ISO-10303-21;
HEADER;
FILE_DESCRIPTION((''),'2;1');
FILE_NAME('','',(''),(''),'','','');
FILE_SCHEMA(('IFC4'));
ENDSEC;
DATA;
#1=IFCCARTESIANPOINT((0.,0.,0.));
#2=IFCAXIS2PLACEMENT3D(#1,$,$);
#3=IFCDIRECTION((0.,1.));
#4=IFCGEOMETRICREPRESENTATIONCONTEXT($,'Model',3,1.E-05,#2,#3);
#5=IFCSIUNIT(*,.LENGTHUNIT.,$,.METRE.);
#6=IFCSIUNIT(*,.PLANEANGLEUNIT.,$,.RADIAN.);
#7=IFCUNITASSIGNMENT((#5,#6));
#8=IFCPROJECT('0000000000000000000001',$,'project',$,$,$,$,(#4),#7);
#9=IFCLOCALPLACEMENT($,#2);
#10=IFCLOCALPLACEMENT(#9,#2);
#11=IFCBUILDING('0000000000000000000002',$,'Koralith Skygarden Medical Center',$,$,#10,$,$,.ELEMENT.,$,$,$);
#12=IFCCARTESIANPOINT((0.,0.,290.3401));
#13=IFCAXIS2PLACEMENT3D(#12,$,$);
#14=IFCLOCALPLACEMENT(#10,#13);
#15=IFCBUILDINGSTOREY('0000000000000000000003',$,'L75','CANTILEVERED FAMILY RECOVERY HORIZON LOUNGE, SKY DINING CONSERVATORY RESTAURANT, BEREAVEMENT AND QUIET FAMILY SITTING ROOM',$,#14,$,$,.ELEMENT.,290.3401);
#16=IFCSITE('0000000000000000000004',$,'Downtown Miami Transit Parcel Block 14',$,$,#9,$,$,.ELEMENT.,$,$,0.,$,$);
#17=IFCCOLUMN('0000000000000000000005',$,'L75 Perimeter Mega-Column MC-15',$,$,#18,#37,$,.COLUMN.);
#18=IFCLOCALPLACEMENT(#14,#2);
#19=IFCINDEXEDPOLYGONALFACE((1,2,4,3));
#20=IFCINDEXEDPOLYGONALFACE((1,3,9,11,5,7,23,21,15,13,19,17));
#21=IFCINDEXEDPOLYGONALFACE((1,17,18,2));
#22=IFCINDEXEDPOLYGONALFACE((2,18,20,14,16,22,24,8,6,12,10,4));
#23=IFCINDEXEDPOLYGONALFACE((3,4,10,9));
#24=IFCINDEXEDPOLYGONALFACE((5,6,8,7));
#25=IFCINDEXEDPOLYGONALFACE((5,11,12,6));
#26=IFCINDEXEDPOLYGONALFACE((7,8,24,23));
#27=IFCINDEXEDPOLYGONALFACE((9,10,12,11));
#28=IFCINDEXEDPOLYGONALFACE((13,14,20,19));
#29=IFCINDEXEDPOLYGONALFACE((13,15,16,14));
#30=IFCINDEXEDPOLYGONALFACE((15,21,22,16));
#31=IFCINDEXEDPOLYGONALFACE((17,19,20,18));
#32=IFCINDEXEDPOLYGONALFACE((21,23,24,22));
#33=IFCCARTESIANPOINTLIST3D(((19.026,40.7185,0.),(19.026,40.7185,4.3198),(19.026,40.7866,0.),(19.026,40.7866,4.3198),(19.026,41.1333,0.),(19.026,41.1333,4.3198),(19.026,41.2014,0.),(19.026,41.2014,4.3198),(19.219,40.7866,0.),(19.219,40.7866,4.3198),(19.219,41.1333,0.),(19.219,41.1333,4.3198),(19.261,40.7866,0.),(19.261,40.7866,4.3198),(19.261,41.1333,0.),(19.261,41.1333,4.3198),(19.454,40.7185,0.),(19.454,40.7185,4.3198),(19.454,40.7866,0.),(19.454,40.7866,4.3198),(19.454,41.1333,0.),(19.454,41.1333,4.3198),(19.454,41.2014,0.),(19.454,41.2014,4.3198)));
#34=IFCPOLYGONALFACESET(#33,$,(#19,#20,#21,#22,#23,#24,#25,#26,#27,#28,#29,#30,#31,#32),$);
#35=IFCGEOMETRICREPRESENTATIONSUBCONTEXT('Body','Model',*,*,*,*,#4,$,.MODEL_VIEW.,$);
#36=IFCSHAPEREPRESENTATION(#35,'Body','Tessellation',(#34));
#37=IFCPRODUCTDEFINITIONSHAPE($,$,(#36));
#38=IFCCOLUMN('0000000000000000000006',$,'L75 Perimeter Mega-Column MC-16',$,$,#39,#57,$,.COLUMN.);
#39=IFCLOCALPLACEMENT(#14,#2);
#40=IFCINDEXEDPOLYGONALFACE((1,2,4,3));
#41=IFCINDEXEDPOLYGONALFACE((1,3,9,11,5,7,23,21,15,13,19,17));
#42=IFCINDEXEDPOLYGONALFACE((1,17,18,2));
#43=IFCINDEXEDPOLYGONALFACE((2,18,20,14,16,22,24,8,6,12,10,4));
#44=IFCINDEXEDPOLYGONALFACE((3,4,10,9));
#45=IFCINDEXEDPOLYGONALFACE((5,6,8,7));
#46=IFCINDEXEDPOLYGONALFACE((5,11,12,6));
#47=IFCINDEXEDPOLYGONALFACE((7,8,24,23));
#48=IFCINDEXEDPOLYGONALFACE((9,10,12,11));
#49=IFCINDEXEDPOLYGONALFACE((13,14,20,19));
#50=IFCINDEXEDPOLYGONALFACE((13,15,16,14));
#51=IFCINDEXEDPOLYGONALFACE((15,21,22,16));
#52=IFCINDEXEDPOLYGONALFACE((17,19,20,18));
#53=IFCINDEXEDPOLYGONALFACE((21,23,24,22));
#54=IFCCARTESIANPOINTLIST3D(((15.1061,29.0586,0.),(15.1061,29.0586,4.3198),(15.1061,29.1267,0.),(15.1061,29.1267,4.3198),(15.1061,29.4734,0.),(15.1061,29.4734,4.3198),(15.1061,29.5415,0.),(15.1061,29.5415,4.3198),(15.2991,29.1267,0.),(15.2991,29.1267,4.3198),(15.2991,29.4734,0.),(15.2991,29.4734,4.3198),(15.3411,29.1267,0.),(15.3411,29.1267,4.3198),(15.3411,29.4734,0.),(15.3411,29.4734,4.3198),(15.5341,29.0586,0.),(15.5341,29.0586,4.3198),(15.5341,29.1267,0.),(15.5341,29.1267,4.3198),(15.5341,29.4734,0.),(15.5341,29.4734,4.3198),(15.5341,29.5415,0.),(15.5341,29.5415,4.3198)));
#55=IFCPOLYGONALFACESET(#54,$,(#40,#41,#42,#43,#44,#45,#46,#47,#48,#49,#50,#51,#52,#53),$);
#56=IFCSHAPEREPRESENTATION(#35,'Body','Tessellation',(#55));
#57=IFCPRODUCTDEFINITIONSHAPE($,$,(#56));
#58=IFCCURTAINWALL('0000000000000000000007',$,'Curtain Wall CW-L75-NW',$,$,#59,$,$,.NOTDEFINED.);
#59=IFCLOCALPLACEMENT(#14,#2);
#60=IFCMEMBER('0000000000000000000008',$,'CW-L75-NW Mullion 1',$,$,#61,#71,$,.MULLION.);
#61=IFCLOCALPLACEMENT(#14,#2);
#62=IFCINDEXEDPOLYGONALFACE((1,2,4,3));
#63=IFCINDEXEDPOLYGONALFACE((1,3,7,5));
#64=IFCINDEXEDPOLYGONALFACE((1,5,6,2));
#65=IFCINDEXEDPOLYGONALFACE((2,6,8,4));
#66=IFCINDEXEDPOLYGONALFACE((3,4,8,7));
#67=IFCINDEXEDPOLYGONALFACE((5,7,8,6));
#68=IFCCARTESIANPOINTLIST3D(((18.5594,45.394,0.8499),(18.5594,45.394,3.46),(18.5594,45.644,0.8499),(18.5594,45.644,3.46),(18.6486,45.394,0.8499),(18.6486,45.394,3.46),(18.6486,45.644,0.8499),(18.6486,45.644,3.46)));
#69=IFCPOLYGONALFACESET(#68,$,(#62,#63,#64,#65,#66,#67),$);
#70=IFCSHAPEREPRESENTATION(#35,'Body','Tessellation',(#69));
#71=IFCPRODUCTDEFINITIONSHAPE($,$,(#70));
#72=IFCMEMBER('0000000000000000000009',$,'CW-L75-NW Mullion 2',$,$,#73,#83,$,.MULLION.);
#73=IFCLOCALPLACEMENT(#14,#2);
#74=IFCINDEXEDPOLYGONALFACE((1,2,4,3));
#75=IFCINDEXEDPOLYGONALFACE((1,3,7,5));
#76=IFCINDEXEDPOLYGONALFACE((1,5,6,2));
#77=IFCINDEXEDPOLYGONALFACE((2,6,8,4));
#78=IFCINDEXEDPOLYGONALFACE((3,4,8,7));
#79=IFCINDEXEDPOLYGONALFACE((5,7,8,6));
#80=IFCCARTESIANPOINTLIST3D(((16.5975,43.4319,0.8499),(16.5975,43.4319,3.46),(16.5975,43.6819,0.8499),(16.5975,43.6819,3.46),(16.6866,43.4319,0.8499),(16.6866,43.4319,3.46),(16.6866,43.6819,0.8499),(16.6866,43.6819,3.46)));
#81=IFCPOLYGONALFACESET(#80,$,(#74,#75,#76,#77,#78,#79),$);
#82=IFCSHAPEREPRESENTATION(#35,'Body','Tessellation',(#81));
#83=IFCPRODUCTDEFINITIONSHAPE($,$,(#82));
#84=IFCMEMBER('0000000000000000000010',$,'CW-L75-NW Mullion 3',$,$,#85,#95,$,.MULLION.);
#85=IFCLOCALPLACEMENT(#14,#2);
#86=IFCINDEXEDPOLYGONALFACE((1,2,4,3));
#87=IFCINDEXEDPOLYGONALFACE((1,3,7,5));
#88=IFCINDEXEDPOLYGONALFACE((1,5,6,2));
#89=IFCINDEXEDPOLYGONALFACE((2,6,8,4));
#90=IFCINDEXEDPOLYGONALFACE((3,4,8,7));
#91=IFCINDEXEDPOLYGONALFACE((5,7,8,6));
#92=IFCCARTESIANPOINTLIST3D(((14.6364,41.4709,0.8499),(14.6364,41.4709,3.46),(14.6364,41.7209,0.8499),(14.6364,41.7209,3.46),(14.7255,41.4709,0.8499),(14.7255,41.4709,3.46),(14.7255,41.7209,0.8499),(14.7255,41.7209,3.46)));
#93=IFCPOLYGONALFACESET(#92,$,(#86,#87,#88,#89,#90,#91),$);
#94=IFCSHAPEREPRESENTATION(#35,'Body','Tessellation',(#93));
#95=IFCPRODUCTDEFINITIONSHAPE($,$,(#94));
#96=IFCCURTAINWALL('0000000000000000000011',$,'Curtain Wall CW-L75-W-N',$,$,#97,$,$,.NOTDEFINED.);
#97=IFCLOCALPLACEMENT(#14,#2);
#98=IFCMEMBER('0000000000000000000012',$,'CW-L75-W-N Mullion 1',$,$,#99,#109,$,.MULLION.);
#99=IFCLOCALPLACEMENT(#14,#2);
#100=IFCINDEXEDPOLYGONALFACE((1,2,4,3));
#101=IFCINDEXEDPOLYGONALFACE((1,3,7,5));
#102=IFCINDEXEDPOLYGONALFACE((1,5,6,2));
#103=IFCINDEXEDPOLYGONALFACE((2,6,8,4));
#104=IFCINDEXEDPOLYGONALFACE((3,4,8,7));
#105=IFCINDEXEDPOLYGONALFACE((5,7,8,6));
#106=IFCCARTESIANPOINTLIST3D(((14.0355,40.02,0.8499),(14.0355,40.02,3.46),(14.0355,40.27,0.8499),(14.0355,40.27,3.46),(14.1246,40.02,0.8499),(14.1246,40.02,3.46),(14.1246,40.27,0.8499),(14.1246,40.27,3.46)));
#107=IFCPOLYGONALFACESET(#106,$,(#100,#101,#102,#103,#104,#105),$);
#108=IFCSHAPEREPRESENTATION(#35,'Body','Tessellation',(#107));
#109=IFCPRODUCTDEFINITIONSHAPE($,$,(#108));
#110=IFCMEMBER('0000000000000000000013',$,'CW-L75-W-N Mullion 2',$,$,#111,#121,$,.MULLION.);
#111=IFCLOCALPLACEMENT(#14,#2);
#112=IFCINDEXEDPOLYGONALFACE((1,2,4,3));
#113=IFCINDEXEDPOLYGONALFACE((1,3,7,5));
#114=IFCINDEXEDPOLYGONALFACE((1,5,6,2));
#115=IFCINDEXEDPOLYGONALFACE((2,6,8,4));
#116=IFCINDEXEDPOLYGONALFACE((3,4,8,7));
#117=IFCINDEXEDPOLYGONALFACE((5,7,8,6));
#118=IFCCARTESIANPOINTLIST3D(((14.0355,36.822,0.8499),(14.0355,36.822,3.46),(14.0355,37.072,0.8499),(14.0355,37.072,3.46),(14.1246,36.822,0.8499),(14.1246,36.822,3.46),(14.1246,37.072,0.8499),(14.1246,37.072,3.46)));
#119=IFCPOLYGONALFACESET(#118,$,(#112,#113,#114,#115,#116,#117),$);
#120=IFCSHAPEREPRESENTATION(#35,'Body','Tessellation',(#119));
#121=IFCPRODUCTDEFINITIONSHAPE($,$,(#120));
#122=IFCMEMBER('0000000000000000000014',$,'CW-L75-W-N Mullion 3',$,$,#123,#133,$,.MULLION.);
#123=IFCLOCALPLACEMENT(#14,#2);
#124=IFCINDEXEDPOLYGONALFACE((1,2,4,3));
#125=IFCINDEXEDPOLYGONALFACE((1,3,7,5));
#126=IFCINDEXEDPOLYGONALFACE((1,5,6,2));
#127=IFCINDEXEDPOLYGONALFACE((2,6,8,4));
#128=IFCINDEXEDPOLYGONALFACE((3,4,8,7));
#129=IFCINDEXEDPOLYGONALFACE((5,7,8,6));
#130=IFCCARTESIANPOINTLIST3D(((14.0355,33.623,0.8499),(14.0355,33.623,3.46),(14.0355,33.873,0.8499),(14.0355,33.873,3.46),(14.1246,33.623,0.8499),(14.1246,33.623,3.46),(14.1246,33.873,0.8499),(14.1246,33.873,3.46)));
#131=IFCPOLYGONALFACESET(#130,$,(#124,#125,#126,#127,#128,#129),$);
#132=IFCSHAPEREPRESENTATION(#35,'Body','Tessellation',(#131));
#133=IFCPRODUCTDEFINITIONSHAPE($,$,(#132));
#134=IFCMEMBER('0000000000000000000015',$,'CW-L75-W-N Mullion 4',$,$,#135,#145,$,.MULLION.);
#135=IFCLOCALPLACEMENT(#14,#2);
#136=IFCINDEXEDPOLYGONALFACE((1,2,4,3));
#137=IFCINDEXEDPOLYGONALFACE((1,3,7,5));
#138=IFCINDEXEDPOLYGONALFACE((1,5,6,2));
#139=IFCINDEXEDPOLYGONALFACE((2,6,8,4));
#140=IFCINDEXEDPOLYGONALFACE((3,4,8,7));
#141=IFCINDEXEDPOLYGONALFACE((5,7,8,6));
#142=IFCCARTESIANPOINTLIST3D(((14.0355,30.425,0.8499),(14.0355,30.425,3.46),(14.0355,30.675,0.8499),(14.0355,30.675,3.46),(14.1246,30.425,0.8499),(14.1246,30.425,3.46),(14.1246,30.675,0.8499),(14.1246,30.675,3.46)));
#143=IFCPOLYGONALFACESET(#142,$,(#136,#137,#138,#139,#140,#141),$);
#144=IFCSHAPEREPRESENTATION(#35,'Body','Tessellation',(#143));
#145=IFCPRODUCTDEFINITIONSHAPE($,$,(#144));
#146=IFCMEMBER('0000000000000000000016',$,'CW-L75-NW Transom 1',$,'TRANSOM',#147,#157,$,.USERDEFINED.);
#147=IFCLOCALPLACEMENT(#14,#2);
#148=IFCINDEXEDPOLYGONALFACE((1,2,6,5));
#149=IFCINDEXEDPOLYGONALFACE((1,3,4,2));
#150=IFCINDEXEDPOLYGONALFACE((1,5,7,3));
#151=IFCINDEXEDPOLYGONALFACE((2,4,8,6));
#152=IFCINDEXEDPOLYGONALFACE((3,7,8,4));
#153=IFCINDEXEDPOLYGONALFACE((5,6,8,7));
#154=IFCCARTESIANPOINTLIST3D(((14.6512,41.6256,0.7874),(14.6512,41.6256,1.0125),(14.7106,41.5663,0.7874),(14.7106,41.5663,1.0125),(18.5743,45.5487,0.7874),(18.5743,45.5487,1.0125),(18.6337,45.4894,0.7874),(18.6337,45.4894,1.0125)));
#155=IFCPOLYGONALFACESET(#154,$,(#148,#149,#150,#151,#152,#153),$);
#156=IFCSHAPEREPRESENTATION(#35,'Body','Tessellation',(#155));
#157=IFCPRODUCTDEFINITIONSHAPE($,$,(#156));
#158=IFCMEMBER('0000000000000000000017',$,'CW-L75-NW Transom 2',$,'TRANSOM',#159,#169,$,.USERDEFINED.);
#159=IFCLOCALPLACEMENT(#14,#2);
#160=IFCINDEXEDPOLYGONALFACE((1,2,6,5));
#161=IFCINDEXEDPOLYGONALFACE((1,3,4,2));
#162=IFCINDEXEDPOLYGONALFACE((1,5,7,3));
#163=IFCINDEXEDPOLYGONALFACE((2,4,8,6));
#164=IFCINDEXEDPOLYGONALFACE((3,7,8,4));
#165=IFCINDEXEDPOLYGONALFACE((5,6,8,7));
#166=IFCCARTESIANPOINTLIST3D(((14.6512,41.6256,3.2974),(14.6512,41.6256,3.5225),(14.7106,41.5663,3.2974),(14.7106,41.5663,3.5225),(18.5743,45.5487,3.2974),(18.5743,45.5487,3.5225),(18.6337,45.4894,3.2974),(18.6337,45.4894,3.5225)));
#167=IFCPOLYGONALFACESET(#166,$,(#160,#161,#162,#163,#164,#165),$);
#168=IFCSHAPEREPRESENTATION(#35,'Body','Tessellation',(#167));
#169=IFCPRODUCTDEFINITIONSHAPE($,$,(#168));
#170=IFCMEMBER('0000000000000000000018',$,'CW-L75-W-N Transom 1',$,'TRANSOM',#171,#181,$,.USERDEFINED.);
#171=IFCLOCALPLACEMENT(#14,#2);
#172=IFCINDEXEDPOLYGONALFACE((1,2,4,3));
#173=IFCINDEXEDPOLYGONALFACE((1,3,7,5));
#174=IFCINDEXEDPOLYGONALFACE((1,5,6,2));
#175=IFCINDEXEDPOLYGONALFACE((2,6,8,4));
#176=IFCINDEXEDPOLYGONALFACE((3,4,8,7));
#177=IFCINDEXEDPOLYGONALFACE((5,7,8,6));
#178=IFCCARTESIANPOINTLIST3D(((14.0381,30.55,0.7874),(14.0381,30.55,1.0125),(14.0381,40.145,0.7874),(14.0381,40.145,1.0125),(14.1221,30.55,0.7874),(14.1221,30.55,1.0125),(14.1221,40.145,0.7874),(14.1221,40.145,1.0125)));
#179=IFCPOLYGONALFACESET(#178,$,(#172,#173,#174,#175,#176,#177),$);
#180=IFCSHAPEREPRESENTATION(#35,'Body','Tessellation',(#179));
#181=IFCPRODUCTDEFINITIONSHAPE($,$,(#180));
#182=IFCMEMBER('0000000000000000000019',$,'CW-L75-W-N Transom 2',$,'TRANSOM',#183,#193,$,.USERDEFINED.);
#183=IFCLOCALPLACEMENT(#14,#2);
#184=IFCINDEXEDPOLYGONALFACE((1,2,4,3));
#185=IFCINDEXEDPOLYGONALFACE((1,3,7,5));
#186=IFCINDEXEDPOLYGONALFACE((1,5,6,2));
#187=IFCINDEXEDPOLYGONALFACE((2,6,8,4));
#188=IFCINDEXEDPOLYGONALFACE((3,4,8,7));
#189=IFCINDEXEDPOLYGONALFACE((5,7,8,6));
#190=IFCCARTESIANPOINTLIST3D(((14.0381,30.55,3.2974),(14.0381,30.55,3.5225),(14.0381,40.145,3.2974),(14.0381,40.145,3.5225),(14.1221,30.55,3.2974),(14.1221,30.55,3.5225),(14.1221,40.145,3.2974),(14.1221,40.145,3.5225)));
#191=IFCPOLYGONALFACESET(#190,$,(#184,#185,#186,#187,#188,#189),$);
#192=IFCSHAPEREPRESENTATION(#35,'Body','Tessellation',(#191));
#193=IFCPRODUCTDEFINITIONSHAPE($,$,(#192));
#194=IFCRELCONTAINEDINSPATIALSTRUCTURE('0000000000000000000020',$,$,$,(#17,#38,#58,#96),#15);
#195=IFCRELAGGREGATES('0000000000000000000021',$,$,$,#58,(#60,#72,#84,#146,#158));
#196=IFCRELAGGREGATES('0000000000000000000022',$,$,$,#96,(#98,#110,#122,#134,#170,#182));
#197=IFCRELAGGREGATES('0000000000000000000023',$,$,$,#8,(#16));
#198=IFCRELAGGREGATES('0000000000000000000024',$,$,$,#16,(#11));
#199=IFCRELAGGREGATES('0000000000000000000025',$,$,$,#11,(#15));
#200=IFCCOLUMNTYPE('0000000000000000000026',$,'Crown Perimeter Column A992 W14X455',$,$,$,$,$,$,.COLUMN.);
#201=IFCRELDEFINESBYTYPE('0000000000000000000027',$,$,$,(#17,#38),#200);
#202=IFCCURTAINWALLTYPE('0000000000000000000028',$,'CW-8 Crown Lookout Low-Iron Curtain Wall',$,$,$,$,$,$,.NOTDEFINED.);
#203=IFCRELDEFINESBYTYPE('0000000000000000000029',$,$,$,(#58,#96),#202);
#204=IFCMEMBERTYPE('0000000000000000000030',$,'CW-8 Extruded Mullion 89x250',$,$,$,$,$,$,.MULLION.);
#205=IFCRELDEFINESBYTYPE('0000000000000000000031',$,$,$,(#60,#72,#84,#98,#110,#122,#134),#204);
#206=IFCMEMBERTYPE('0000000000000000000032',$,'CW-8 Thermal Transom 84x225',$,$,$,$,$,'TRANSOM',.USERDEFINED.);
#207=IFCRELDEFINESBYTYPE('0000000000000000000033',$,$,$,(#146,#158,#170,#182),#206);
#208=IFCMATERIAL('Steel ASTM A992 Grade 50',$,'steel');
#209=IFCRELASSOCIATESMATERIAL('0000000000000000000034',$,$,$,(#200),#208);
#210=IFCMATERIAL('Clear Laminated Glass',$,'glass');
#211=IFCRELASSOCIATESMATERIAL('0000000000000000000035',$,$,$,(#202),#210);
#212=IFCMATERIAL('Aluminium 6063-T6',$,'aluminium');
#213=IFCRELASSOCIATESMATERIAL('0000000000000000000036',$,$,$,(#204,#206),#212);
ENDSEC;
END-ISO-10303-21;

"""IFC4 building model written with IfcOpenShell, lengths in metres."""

from ifc_helpers import new_model, si_unit, direction, frame, origin, origin_2d, place, context, subcontext, project, spatial, rectangle, i_section, extrude, material, material_profile, profile_set, type_object, element, aggregate, save


model = new_model("IFC4")

# Units and contexts
model_context = context("Model", 3, precision=1e-05, world=origin(), true_north=direction((0.0, 1.0)))
body_context = subcontext(model_context, "Body", "Model", "MODEL_VIEW")
ifc_project = project(units=[si_unit("LENGTHUNIT", "METRE"), si_unit("PLANEANGLEUNIT", "RADIAN")], contexts=[model_context])

# Site, building, storey
site_placement = place(None, origin())
site = spatial("IfcSite", under=ifc_project, at=site_placement, Name="Downtown Miami Transit Parcel Block 14", CompositionType="ELEMENT", RefElevation=0.0)
building_placement = place(site_placement, origin())
building = spatial("IfcBuilding", under=site, at=building_placement, Name="Koralith Skygarden Medical Center", CompositionType="ELEMENT")
storey_placement = place(building_placement, frame((0.0, 0.0, 290.3401)))
storey = spatial("IfcBuildingStorey", under=building, at=storey_placement, Name="L75", Description="CANTILEVERED FAMILY RECOVERY HORIZON LOUNGE, SKY DINING CONSERVATORY RESTAURANT, BEREAVEMENT AND QUIET FAMILY SITTING ROOM", CompositionType="ELEMENT", Elevation=290.3401)

# Columns
ifc_material_1 = material(Name="Steel ASTM A992 Grade 50", Category="steel")
ifc_material_profile_1 = material_profile(ifc_material_1, i_section(OverallWidth=0.428, OverallDepth=0.4829, WebThickness=0.042, FlangeThickness=0.0681, at=origin_2d()), Name="W14X455")
ifc_profile_set_1 = profile_set([ifc_material_profile_1], Name="Steel ASTM A992 Grade 50")
column_type = type_object("IfcColumnType", Name="Crown Perimeter Column A992 W14X455", PredefinedType="COLUMN", material=ifc_profile_set_1)
for number, where, z_axis, x_axis, name in (
    (1, (19.24, 40.96, 0.0), (0.0, 0.0, 1.0), (1.0, 0.0, 0.0), "L75 Perimeter Mega-Column MC-15"),
    (2, (15.3201, 29.3, 0.0), (0.0, 0.0, 1.0), (1.0, 0.0, 0.0), "L75 Perimeter Mega-Column MC-16"),
):
    element("IfcColumn", number, at=place(storey_placement, frame(where, z_axis=z_axis, x_axis=x_axis)), inside=storey, type_object=column_type, Name=name, PredefinedType="COLUMN", context=body_context, shape_type="SweptSolid", body=[
        extrude(i_section(OverallWidth=0.428, OverallDepth=0.4829, WebThickness=0.042, FlangeThickness=0.0681, at=origin_2d()), origin(), (0.0, 0.0, 1.0), 4.3198),
    ])

# Curtain walls, members
ifc_material_2 = material(Name="Clear Laminated Glass", Category="glass")
curtain_wall_type = type_object("IfcCurtainWallType", Name="CW-8 Crown Lookout Low-Iron Curtain Wall", PredefinedType="NOTDEFINED", material=ifc_material_2)
curtain_wall_1_placement = place(storey_placement, origin())
curtain_wall_1 = element("IfcCurtainWall", 3, at=curtain_wall_1_placement, inside=storey, type_object=curtain_wall_type, Name="Curtain Wall CW-L75-NW", PredefinedType="NOTDEFINED")
ifc_material_3 = material(Name="Aluminium 6063-T6", Category="aluminium")
ifc_material_profile_2 = material_profile(ifc_material_3, rectangle(XDim=0.0891, YDim=0.25, at=origin_2d()), Name="MUL89X250")
ifc_profile_set_2 = profile_set([ifc_material_profile_2], Name="Aluminium 6063-T6")
member_type_1 = type_object("IfcMemberType", Name="CW-8 Extruded Mullion 89x250", PredefinedType="MULLION", material=ifc_profile_set_2)
member_1_placement = place(storey_placement, frame((18.604, 45.519, 0.8499), z_axis=(0.0, 0.0, 1.0), x_axis=(1.0, 0.0, 0.0)))
member_1 = element("IfcMember", 4, at=member_1_placement, type_object=member_type_1, Name="CW-L75-NW Mullion 1", PredefinedType="MULLION", context=body_context, shape_type="SweptSolid", body=[
    extrude(rectangle(XDim=0.0891, YDim=0.25, at=origin_2d()), origin(), (0.0, 0.0, 1.0), 2.6101),
])
member_2_placement = place(storey_placement, frame((16.6421, 43.5569, 0.8499), z_axis=(0.0, 0.0, 1.0), x_axis=(1.0, 0.0, 0.0)))
member_2 = element("IfcMember", 5, at=member_2_placement, type_object=member_type_1, Name="CW-L75-NW Mullion 2", PredefinedType="MULLION", context=body_context, shape_type="SweptSolid", body=[
    extrude(rectangle(XDim=0.0891, YDim=0.25, at=origin_2d()), origin(), (0.0, 0.0, 1.0), 2.6101),
])
member_3_placement = place(storey_placement, frame((14.6809, 41.5959, 0.8499), z_axis=(0.0, 0.0, 1.0), x_axis=(1.0, 0.0, 0.0)))
member_3 = element("IfcMember", 6, at=member_3_placement, type_object=member_type_1, Name="CW-L75-NW Mullion 3", PredefinedType="MULLION", context=body_context, shape_type="SweptSolid", body=[
    extrude(rectangle(XDim=0.0891, YDim=0.25, at=origin_2d()), origin(), (0.0, 0.0, 1.0), 2.6101),
])
curtain_wall_2_placement = place(storey_placement, origin())
curtain_wall_2 = element("IfcCurtainWall", 7, at=curtain_wall_2_placement, inside=storey, type_object=curtain_wall_type, Name="Curtain Wall CW-L75-W-N", PredefinedType="NOTDEFINED")
member_4_placement = place(storey_placement, frame((14.0801, 40.145, 0.8499), z_axis=(0.0, 0.0, 1.0), x_axis=(1.0, 0.0, 0.0)))
member_4 = element("IfcMember", 8, at=member_4_placement, type_object=member_type_1, Name="CW-L75-W-N Mullion 1", PredefinedType="MULLION", context=body_context, shape_type="SweptSolid", body=[
    extrude(rectangle(XDim=0.0891, YDim=0.25, at=origin_2d()), origin(), (0.0, 0.0, 1.0), 2.6101),
])
member_5_placement = place(storey_placement, frame((14.0801, 36.947, 0.8499), z_axis=(0.0, 0.0, 1.0), x_axis=(1.0, 0.0, 0.0)))
member_5 = element("IfcMember", 9, at=member_5_placement, type_object=member_type_1, Name="CW-L75-W-N Mullion 2", PredefinedType="MULLION", context=body_context, shape_type="SweptSolid", body=[
    extrude(rectangle(XDim=0.0891, YDim=0.25, at=origin_2d()), origin(), (0.0, 0.0, 1.0), 2.6101),
])
member_6_placement = place(storey_placement, frame((14.0801, 33.748, 0.8499), z_axis=(0.0, 0.0, 1.0), x_axis=(1.0, 0.0, 0.0)))
member_6 = element("IfcMember", 10, at=member_6_placement, type_object=member_type_1, Name="CW-L75-W-N Mullion 3", PredefinedType="MULLION", context=body_context, shape_type="SweptSolid", body=[
    extrude(rectangle(XDim=0.0891, YDim=0.25, at=origin_2d()), origin(), (0.0, 0.0, 1.0), 2.6101),
])
member_7_placement = place(storey_placement, frame((14.0801, 30.55, 0.8499), z_axis=(0.0, 0.0, 1.0), x_axis=(1.0, 0.0, 0.0)))
member_7 = element("IfcMember", 11, at=member_7_placement, type_object=member_type_1, Name="CW-L75-W-N Mullion 4", PredefinedType="MULLION", context=body_context, shape_type="SweptSolid", body=[
    extrude(rectangle(XDim=0.0891, YDim=0.25, at=origin_2d()), origin(), (0.0, 0.0, 1.0), 2.6101),
])

# Members
ifc_material_profile_3 = material_profile(ifc_material_3, rectangle(XDim=0.084, YDim=0.2251, at=origin_2d()), Name="TRN84X225")
ifc_profile_set_3 = profile_set([ifc_material_profile_3], Name="Aluminium 6063-T6")
member_type_2 = type_object("IfcMemberType", Name="CW-8 Thermal Transom 84x225", ElementType="TRANSOM", PredefinedType="USERDEFINED", material=ifc_profile_set_3)
member_8_placement = place(storey_placement, frame((18.604, 45.519, 0.8999), z_axis=(-0.707107, -0.707107, 0.0), x_axis=(0.707107, -0.707107, 0.0)))
member_8 = element("IfcMember", 12, at=member_8_placement, type_object=member_type_2, Name="CW-L75-NW Transom 1", ObjectType="TRANSOM", PredefinedType="USERDEFINED", context=body_context, shape_type="SweptSolid", body=[
    extrude(rectangle(XDim=0.084, YDim=0.2251, at=origin_2d()), origin(), (0.0, 0.0, 1.0), 5.5481),
])
member_9_placement = place(storey_placement, frame((18.604, 45.519, 3.4099), z_axis=(-0.707107, -0.707107, 0.0), x_axis=(0.707107, -0.707107, 0.0)))
member_9 = element("IfcMember", 13, at=member_9_placement, type_object=member_type_2, Name="CW-L75-NW Transom 2", ObjectType="TRANSOM", PredefinedType="USERDEFINED", context=body_context, shape_type="SweptSolid", body=[
    extrude(rectangle(XDim=0.084, YDim=0.2251, at=origin_2d()), origin(), (0.0, 0.0, 1.0), 5.5481),
])
member_10_placement = place(storey_placement, frame((14.0801, 40.145, 0.8999), z_axis=(0.0, -1.0, 0.0), x_axis=(1.0, 0.0, 0.0)))
member_10 = element("IfcMember", 14, at=member_10_placement, type_object=member_type_2, Name="CW-L75-W-N Transom 1", ObjectType="TRANSOM", PredefinedType="USERDEFINED", context=body_context, shape_type="SweptSolid", body=[
    extrude(rectangle(XDim=0.084, YDim=0.2251, at=origin_2d()), origin(), (0.0, 0.0, 1.0), 9.595),
])
member_11_placement = place(storey_placement, frame((14.0801, 40.145, 3.4099), z_axis=(0.0, -1.0, 0.0), x_axis=(1.0, 0.0, 0.0)))
member_11 = element("IfcMember", 15, at=member_11_placement, type_object=member_type_2, Name="CW-L75-W-N Transom 2", ObjectType="TRANSOM", PredefinedType="USERDEFINED", context=body_context, shape_type="SweptSolid", body=[
    extrude(rectangle(XDim=0.084, YDim=0.2251, at=origin_2d()), origin(), (0.0, 0.0, 1.0), 9.595),
])

aggregate(curtain_wall_1, [member_1, member_2, member_3, member_8, member_9])
aggregate(curtain_wall_2, [member_4, member_5, member_6, member_7, member_10, member_11])

save(model, "model.ifc")
